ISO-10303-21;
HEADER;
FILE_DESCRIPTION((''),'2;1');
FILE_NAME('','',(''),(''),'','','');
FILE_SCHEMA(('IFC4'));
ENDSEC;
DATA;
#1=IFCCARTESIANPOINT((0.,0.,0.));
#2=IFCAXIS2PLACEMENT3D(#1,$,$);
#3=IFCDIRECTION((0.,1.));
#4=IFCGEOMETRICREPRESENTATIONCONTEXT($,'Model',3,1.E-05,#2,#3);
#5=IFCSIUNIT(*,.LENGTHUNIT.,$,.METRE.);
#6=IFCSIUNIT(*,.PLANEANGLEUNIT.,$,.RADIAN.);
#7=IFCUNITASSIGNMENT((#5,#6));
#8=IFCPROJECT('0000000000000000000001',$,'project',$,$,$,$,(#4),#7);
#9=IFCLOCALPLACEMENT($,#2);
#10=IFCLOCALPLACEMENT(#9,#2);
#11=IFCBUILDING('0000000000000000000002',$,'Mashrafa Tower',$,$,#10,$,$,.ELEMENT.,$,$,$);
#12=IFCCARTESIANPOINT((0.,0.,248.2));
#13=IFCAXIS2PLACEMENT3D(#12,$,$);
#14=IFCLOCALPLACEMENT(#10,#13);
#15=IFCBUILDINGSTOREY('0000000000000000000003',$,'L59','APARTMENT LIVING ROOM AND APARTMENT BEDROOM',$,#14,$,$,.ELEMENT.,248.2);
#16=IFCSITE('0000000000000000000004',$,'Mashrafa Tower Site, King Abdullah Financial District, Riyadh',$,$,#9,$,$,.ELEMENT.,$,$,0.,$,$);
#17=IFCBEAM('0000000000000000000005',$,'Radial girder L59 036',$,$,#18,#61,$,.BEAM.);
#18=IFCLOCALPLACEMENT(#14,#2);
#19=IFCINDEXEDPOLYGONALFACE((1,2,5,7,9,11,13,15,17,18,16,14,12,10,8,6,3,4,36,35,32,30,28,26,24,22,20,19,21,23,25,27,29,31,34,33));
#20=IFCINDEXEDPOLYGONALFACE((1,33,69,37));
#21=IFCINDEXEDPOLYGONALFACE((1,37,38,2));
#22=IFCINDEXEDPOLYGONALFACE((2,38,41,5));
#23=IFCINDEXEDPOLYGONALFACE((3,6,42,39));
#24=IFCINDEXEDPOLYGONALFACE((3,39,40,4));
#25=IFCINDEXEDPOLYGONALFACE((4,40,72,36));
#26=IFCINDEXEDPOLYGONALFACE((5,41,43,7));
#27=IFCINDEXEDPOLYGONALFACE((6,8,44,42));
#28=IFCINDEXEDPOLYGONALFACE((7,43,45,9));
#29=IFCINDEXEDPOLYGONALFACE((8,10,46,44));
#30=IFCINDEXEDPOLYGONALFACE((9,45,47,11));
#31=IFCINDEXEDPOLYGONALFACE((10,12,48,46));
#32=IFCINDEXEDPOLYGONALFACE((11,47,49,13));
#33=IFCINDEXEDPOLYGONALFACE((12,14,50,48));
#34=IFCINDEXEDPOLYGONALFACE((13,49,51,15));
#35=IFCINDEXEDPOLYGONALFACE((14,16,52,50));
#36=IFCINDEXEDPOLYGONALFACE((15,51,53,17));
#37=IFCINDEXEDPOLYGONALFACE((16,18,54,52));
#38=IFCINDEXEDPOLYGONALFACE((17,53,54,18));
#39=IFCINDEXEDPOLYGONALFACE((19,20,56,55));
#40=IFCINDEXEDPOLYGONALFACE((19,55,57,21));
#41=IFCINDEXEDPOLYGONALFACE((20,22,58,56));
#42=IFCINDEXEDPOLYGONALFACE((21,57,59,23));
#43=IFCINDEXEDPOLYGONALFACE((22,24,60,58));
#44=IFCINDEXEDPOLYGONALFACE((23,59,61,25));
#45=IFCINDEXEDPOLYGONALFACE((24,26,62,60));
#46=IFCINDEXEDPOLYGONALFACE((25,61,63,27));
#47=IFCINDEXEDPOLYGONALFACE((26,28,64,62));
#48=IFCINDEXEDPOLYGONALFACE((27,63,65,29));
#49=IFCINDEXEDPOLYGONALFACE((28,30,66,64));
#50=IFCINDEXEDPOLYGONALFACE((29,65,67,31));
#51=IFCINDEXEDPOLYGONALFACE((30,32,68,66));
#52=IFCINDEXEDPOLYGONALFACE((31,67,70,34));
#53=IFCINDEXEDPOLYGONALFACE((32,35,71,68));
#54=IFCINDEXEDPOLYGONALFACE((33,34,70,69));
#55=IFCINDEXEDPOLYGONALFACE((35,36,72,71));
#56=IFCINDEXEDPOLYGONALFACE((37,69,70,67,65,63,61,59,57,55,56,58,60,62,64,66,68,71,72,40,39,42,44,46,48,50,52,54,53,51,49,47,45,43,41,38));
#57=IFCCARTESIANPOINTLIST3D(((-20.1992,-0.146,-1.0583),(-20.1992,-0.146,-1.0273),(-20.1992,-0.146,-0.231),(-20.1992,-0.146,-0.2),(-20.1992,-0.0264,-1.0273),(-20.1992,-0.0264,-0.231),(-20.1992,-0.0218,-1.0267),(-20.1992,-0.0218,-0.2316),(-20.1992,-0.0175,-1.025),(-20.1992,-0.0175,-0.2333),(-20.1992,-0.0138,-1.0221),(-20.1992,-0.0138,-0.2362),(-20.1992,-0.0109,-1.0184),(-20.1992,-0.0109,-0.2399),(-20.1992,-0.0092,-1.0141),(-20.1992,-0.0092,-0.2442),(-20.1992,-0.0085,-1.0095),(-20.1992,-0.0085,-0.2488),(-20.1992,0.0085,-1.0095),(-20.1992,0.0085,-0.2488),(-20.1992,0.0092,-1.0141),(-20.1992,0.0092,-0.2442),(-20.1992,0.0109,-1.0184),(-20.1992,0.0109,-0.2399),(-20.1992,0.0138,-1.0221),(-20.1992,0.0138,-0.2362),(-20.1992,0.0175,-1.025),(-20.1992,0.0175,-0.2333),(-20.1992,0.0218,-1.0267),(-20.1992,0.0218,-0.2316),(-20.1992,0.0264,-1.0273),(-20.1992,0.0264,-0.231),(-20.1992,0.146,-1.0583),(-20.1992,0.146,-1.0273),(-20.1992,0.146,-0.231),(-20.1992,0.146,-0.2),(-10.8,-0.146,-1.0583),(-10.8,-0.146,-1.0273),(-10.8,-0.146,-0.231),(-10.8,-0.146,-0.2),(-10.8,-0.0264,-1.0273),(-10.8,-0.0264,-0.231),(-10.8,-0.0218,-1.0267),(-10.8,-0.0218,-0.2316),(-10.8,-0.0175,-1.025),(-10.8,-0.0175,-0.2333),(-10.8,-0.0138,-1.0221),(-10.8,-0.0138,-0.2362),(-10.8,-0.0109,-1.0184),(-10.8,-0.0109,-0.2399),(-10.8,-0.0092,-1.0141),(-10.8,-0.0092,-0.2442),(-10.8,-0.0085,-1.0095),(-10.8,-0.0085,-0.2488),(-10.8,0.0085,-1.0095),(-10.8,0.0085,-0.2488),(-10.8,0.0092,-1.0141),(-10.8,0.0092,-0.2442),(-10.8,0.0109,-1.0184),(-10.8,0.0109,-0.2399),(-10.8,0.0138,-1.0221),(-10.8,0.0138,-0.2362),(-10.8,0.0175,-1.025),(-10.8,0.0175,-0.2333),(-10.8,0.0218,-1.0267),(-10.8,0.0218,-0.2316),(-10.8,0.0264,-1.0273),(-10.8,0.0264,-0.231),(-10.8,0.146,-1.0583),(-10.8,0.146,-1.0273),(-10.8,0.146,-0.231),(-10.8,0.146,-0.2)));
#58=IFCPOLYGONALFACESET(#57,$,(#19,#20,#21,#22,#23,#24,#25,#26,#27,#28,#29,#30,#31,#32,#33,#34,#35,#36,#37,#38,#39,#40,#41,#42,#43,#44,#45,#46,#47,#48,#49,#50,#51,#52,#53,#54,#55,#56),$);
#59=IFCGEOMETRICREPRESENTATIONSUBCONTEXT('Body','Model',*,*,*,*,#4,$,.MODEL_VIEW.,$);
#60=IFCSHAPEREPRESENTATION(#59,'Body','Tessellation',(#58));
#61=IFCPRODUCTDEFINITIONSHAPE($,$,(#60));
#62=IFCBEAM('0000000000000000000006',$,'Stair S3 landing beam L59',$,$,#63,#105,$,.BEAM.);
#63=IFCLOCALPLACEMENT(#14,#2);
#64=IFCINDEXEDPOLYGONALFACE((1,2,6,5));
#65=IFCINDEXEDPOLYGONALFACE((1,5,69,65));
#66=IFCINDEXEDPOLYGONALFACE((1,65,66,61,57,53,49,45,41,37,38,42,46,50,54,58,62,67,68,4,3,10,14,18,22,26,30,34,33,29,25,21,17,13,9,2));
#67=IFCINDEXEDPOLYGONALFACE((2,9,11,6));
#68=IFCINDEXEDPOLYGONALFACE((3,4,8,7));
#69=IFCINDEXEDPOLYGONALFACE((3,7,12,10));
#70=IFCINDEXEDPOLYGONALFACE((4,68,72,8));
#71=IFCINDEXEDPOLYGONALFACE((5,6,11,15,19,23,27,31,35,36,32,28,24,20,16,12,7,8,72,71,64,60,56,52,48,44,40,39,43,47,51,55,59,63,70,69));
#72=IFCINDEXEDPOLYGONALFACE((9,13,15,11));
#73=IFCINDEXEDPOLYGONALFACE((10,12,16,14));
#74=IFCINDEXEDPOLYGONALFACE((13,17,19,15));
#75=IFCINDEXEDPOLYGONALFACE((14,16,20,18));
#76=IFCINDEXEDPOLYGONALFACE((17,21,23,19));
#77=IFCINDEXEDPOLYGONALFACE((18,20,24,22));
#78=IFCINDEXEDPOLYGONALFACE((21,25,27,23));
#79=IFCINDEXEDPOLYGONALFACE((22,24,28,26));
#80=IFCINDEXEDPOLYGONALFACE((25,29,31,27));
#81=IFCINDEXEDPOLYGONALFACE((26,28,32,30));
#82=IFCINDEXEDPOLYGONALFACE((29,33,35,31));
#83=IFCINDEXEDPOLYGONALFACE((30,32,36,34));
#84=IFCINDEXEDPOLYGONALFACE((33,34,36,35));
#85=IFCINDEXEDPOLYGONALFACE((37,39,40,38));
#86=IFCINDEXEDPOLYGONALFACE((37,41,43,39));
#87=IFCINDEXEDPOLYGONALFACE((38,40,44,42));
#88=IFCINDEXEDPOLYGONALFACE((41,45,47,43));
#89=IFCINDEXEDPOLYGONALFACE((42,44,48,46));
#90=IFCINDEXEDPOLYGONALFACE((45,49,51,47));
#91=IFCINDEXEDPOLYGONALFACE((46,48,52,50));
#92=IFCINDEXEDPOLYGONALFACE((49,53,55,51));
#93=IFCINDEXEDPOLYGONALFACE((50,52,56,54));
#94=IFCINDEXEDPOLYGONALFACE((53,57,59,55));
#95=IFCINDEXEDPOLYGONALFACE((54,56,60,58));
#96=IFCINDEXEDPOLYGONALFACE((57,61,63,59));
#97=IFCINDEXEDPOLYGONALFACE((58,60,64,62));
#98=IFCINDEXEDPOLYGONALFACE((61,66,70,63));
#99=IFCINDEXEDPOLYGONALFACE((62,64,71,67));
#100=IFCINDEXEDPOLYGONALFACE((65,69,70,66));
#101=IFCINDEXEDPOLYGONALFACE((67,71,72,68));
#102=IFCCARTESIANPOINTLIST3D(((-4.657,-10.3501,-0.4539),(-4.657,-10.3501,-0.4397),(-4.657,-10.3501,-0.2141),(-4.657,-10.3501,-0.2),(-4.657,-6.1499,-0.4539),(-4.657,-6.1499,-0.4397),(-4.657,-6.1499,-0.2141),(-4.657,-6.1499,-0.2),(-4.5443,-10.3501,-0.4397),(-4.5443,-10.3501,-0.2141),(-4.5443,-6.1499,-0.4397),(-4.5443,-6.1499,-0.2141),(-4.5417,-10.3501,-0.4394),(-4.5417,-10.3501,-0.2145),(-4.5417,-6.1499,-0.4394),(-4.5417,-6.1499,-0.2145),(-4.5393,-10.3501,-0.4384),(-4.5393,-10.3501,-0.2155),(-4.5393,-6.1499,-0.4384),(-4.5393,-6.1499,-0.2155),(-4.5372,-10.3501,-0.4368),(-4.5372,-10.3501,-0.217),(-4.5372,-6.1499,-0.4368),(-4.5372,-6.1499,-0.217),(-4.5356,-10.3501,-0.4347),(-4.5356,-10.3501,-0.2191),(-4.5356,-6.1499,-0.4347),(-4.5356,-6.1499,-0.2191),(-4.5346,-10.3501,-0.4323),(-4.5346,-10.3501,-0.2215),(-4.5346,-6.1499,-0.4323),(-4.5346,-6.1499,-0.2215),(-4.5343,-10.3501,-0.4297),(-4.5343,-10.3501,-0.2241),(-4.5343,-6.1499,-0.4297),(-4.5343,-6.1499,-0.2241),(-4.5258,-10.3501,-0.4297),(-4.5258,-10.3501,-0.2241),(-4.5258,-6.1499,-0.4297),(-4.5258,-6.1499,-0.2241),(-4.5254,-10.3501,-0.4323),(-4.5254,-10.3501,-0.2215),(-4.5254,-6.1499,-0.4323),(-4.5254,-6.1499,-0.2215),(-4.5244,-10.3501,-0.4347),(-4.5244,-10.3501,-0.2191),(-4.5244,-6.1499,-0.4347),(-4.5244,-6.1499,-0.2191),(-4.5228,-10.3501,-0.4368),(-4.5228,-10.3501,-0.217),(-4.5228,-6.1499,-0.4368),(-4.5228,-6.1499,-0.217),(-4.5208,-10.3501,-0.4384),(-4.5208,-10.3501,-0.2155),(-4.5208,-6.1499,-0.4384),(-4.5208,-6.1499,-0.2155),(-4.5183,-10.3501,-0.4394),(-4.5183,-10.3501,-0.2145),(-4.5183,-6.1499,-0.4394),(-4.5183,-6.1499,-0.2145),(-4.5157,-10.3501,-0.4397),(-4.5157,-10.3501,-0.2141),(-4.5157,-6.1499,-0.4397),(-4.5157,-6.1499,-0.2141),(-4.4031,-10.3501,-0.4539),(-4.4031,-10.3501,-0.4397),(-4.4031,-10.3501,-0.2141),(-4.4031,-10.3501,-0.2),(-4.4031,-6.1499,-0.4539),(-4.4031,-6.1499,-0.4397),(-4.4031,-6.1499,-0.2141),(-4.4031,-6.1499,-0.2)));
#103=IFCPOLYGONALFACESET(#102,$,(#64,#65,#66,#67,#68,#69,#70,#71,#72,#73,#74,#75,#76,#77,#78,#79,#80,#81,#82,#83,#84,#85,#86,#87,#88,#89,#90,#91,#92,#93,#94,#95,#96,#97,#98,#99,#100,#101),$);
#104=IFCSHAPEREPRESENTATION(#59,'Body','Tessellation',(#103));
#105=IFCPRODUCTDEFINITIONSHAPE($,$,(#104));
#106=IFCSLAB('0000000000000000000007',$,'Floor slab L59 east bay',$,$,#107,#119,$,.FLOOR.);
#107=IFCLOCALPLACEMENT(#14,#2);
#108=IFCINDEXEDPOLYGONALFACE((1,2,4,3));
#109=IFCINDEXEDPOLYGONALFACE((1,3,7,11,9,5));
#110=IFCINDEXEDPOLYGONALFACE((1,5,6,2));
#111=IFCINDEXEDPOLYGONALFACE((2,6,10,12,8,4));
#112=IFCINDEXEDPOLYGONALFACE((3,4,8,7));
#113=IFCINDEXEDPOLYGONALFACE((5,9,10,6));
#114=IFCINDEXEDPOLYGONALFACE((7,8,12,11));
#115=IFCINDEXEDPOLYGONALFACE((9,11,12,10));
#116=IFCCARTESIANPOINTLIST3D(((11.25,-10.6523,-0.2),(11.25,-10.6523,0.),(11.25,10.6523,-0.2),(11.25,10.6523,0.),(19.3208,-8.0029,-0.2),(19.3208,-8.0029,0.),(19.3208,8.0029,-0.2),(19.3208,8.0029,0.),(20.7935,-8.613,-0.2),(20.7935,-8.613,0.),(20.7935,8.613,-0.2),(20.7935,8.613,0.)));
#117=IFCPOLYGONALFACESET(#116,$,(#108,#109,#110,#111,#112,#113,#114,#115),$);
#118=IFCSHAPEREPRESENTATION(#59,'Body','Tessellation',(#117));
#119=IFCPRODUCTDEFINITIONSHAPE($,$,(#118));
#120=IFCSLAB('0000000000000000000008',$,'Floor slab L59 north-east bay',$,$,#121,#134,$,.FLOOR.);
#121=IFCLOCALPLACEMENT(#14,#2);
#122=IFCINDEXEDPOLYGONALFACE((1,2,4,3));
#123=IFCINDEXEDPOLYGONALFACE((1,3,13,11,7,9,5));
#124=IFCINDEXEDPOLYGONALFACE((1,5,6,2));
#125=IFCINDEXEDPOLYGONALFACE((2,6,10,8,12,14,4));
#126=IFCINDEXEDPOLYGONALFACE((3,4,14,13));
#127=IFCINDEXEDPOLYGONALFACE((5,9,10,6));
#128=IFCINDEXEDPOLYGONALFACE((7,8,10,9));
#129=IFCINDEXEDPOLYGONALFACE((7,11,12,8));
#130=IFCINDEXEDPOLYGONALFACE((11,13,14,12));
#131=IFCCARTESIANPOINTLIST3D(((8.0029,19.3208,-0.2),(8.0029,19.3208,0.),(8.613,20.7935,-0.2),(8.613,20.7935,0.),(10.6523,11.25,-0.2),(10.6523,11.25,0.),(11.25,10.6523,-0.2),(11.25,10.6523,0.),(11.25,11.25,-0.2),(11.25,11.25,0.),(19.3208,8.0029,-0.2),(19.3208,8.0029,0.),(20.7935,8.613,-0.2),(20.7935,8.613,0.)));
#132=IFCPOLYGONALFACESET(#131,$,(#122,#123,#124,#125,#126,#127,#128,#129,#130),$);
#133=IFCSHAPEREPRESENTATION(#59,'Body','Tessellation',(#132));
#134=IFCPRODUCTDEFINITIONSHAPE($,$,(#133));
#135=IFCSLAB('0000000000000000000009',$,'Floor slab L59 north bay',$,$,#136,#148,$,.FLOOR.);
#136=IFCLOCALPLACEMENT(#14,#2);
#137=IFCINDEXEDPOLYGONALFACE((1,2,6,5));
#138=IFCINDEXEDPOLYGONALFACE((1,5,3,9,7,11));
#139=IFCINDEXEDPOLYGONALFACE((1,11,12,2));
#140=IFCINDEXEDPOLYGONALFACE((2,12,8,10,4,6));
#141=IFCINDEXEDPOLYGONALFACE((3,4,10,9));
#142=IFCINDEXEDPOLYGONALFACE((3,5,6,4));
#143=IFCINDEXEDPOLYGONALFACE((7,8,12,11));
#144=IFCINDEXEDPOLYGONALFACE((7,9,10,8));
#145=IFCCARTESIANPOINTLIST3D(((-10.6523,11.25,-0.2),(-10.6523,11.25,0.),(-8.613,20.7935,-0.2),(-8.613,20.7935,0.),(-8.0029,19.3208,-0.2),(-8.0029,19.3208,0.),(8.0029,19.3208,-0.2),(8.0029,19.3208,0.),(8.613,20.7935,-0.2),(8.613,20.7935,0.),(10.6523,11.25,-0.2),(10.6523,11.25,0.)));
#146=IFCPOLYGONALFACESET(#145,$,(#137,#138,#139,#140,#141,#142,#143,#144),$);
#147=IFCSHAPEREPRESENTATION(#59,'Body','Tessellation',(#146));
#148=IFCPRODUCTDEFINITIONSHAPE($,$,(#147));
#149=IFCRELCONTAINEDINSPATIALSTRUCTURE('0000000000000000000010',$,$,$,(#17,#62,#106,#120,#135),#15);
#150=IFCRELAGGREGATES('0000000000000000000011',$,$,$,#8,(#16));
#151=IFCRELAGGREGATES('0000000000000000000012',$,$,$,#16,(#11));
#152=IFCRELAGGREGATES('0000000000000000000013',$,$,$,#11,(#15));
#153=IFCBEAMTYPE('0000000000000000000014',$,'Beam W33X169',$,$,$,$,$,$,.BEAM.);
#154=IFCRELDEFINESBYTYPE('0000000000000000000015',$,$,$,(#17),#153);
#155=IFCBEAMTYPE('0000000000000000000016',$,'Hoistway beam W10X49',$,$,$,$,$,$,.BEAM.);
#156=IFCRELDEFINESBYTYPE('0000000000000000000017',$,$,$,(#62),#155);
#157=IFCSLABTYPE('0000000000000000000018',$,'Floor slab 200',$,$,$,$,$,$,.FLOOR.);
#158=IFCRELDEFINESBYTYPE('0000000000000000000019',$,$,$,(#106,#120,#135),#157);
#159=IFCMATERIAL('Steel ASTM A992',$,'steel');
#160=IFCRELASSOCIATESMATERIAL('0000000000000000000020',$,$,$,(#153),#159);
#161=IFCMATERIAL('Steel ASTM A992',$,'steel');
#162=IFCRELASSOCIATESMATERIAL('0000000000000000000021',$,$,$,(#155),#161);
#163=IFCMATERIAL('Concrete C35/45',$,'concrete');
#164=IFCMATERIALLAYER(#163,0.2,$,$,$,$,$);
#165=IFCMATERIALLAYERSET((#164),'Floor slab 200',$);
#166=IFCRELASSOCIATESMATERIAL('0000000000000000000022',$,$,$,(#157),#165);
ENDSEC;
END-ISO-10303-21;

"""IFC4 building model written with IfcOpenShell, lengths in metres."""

from ifc_helpers import new_model, si_unit, direction, frame, origin, origin_2d, place, context, subcontext, project, spatial, polyline, i_section, outline, extrude, material, layer, layer_set, material_profile, profile_set, type_object, element, save


model = new_model("IFC4")

# Units and contexts
model_context = context("Model", 3, precision=1e-05, world=origin(), true_north=direction((0.0, 1.0)))
body_context = subcontext(model_context, "Body", "Model", "MODEL_VIEW")
ifc_project = project(units=[si_unit("LENGTHUNIT", "METRE"), si_unit("PLANEANGLEUNIT", "RADIAN")], contexts=[model_context])

# Site, building, storey
site_placement = place(None, origin())
site = spatial("IfcSite", under=ifc_project, at=site_placement, Name="Mashrafa Tower Site, King Abdullah Financial District, Riyadh", CompositionType="ELEMENT", RefElevation=0.0)
building_placement = place(site_placement, origin())
building = spatial("IfcBuilding", under=site, at=building_placement, Name="Mashrafa Tower", CompositionType="ELEMENT")
storey_placement = place(building_placement, frame((0.0, 0.0, 248.2)))
storey = spatial("IfcBuildingStorey", under=building, at=storey_placement, Name="L59", Description="APARTMENT LIVING ROOM AND APARTMENT BEDROOM", CompositionType="ELEMENT", Elevation=248.2)

# Beams
ifc_material_1 = material(Name="Steel ASTM A992", Category="steel")
ifc_material_profile_1 = material_profile(ifc_material_1, i_section(OverallWidth=0.292, OverallDepth=0.8584, WebThickness=0.0171, FlangeThickness=0.031, FilletRadius=0.0178, at=origin_2d()), Name="W33X169")
ifc_profile_set_1 = profile_set([ifc_material_profile_1], Name="Steel ASTM A992")
beam_type_1 = type_object("IfcBeamType", Name="Beam W33X169", PredefinedType="BEAM", material=ifc_profile_set_1)
beam_1_placement = place(storey_placement, frame((-10.8, 0.0, -0.6292), z_axis=(-1.0, 0.0, 0.0), x_axis=(0.0, -1.0, 0.0)))
element("IfcBeam", 1, at=beam_1_placement, inside=storey, type_object=beam_type_1, Name="Radial girder L59 036", PredefinedType="BEAM", context=body_context, shape_type="SweptSolid", body=[
    extrude(i_section(OverallWidth=0.292, OverallDepth=0.8584, WebThickness=0.0171, FlangeThickness=0.031, FilletRadius=0.0178, at=origin_2d()), origin(), (0.0, 0.0, 1.0), 9.3992),
])
ifc_material_2 = material(Name="Steel ASTM A992", Category="steel")
ifc_material_profile_2 = material_profile(ifc_material_2, i_section(OverallWidth=0.2539, OverallDepth=0.2539, WebThickness=0.0085, FlangeThickness=0.0142, FilletRadius=0.01, at=origin_2d()), Name="W10X49")
ifc_profile_set_2 = profile_set([ifc_material_profile_2], Name="Steel ASTM A992")
beam_type_2 = type_object("IfcBeamType", Name="Hoistway beam W10X49", PredefinedType="BEAM", material=ifc_profile_set_2)
beam_2_placement = place(storey_placement, frame((-4.53, -10.3501, -0.3269), z_axis=(0.0, 1.0, 0.0), x_axis=(-1.0, 0.0, 0.0)))
element("IfcBeam", 2, at=beam_2_placement, inside=storey, type_object=beam_type_2, Name="Stair S3 landing beam L59", PredefinedType="BEAM", context=body_context, shape_type="SweptSolid", body=[
    extrude(i_section(OverallWidth=0.2539, OverallDepth=0.2539, WebThickness=0.0085, FlangeThickness=0.0142, FilletRadius=0.01, at=origin_2d()), origin(), (0.0, 0.0, 1.0), 4.2002),
])

# Slabs
ifc_material_3 = material(Name="Concrete C35/45", Category="concrete")
ifc_layer_1 = layer(ifc_material_3, 0.2)
ifc_layer_set_1 = layer_set([ifc_layer_1], Name="Floor slab 200")
slab_type = type_object("IfcSlabType", Name="Floor slab 200", PredefinedType="FLOOR", material=ifc_layer_set_1)
slab_1_placement = place(storey_placement, frame((0.0, 0.0, -0.2)))
element("IfcSlab", 3, at=slab_1_placement, inside=storey, type_object=slab_type, Name="Floor slab L59 east bay", PredefinedType="FLOOR", context=body_context, shape_type="SweptSolid", body=[
    extrude(outline(polyline([(20.7935, 8.613), (20.7935, -8.613), (20.7935, -8.613), (19.3208, -8.0029), (11.25, -10.6523), (11.25, 10.6523), (19.3208, 8.0029), (20.7935, 8.613), (20.7935, 8.613)])), origin(), (0.0, 0.0, 1.0), 0.2),
])
slab_2_placement = place(storey_placement, frame((0.0, 0.0, -0.2)))
element("IfcSlab", 4, at=slab_2_placement, inside=storey, type_object=slab_type, Name="Floor slab L59 north-east bay", PredefinedType="FLOOR", context=body_context, shape_type="SweptSolid", body=[
    extrude(outline(polyline([(20.7935, 8.613), (19.3208, 8.0029), (11.25, 10.6523), (11.25, 11.25), (10.6523, 11.25), (8.0029, 19.3208), (8.613, 20.7935), (20.7935, 8.613)])), origin(), (0.0, 0.0, 1.0), 0.2),
])
slab_3_placement = place(storey_placement, frame((0.0, 0.0, -0.2)))
element("IfcSlab", 5, at=slab_3_placement, inside=storey, type_object=slab_type, Name="Floor slab L59 north bay", PredefinedType="FLOOR", context=body_context, shape_type="SweptSolid", body=[
    extrude(outline(polyline([(-8.613, 20.7935), (8.613, 20.7935), (8.613, 20.7935), (8.0029, 19.3208), (10.6523, 11.25), (-10.6523, 11.25), (-8.0029, 19.3208), (-8.613, 20.7935), (-8.613, 20.7935)])), origin(), (0.0, 0.0, 1.0), 0.2),
])

save(model, "model.ifc")
